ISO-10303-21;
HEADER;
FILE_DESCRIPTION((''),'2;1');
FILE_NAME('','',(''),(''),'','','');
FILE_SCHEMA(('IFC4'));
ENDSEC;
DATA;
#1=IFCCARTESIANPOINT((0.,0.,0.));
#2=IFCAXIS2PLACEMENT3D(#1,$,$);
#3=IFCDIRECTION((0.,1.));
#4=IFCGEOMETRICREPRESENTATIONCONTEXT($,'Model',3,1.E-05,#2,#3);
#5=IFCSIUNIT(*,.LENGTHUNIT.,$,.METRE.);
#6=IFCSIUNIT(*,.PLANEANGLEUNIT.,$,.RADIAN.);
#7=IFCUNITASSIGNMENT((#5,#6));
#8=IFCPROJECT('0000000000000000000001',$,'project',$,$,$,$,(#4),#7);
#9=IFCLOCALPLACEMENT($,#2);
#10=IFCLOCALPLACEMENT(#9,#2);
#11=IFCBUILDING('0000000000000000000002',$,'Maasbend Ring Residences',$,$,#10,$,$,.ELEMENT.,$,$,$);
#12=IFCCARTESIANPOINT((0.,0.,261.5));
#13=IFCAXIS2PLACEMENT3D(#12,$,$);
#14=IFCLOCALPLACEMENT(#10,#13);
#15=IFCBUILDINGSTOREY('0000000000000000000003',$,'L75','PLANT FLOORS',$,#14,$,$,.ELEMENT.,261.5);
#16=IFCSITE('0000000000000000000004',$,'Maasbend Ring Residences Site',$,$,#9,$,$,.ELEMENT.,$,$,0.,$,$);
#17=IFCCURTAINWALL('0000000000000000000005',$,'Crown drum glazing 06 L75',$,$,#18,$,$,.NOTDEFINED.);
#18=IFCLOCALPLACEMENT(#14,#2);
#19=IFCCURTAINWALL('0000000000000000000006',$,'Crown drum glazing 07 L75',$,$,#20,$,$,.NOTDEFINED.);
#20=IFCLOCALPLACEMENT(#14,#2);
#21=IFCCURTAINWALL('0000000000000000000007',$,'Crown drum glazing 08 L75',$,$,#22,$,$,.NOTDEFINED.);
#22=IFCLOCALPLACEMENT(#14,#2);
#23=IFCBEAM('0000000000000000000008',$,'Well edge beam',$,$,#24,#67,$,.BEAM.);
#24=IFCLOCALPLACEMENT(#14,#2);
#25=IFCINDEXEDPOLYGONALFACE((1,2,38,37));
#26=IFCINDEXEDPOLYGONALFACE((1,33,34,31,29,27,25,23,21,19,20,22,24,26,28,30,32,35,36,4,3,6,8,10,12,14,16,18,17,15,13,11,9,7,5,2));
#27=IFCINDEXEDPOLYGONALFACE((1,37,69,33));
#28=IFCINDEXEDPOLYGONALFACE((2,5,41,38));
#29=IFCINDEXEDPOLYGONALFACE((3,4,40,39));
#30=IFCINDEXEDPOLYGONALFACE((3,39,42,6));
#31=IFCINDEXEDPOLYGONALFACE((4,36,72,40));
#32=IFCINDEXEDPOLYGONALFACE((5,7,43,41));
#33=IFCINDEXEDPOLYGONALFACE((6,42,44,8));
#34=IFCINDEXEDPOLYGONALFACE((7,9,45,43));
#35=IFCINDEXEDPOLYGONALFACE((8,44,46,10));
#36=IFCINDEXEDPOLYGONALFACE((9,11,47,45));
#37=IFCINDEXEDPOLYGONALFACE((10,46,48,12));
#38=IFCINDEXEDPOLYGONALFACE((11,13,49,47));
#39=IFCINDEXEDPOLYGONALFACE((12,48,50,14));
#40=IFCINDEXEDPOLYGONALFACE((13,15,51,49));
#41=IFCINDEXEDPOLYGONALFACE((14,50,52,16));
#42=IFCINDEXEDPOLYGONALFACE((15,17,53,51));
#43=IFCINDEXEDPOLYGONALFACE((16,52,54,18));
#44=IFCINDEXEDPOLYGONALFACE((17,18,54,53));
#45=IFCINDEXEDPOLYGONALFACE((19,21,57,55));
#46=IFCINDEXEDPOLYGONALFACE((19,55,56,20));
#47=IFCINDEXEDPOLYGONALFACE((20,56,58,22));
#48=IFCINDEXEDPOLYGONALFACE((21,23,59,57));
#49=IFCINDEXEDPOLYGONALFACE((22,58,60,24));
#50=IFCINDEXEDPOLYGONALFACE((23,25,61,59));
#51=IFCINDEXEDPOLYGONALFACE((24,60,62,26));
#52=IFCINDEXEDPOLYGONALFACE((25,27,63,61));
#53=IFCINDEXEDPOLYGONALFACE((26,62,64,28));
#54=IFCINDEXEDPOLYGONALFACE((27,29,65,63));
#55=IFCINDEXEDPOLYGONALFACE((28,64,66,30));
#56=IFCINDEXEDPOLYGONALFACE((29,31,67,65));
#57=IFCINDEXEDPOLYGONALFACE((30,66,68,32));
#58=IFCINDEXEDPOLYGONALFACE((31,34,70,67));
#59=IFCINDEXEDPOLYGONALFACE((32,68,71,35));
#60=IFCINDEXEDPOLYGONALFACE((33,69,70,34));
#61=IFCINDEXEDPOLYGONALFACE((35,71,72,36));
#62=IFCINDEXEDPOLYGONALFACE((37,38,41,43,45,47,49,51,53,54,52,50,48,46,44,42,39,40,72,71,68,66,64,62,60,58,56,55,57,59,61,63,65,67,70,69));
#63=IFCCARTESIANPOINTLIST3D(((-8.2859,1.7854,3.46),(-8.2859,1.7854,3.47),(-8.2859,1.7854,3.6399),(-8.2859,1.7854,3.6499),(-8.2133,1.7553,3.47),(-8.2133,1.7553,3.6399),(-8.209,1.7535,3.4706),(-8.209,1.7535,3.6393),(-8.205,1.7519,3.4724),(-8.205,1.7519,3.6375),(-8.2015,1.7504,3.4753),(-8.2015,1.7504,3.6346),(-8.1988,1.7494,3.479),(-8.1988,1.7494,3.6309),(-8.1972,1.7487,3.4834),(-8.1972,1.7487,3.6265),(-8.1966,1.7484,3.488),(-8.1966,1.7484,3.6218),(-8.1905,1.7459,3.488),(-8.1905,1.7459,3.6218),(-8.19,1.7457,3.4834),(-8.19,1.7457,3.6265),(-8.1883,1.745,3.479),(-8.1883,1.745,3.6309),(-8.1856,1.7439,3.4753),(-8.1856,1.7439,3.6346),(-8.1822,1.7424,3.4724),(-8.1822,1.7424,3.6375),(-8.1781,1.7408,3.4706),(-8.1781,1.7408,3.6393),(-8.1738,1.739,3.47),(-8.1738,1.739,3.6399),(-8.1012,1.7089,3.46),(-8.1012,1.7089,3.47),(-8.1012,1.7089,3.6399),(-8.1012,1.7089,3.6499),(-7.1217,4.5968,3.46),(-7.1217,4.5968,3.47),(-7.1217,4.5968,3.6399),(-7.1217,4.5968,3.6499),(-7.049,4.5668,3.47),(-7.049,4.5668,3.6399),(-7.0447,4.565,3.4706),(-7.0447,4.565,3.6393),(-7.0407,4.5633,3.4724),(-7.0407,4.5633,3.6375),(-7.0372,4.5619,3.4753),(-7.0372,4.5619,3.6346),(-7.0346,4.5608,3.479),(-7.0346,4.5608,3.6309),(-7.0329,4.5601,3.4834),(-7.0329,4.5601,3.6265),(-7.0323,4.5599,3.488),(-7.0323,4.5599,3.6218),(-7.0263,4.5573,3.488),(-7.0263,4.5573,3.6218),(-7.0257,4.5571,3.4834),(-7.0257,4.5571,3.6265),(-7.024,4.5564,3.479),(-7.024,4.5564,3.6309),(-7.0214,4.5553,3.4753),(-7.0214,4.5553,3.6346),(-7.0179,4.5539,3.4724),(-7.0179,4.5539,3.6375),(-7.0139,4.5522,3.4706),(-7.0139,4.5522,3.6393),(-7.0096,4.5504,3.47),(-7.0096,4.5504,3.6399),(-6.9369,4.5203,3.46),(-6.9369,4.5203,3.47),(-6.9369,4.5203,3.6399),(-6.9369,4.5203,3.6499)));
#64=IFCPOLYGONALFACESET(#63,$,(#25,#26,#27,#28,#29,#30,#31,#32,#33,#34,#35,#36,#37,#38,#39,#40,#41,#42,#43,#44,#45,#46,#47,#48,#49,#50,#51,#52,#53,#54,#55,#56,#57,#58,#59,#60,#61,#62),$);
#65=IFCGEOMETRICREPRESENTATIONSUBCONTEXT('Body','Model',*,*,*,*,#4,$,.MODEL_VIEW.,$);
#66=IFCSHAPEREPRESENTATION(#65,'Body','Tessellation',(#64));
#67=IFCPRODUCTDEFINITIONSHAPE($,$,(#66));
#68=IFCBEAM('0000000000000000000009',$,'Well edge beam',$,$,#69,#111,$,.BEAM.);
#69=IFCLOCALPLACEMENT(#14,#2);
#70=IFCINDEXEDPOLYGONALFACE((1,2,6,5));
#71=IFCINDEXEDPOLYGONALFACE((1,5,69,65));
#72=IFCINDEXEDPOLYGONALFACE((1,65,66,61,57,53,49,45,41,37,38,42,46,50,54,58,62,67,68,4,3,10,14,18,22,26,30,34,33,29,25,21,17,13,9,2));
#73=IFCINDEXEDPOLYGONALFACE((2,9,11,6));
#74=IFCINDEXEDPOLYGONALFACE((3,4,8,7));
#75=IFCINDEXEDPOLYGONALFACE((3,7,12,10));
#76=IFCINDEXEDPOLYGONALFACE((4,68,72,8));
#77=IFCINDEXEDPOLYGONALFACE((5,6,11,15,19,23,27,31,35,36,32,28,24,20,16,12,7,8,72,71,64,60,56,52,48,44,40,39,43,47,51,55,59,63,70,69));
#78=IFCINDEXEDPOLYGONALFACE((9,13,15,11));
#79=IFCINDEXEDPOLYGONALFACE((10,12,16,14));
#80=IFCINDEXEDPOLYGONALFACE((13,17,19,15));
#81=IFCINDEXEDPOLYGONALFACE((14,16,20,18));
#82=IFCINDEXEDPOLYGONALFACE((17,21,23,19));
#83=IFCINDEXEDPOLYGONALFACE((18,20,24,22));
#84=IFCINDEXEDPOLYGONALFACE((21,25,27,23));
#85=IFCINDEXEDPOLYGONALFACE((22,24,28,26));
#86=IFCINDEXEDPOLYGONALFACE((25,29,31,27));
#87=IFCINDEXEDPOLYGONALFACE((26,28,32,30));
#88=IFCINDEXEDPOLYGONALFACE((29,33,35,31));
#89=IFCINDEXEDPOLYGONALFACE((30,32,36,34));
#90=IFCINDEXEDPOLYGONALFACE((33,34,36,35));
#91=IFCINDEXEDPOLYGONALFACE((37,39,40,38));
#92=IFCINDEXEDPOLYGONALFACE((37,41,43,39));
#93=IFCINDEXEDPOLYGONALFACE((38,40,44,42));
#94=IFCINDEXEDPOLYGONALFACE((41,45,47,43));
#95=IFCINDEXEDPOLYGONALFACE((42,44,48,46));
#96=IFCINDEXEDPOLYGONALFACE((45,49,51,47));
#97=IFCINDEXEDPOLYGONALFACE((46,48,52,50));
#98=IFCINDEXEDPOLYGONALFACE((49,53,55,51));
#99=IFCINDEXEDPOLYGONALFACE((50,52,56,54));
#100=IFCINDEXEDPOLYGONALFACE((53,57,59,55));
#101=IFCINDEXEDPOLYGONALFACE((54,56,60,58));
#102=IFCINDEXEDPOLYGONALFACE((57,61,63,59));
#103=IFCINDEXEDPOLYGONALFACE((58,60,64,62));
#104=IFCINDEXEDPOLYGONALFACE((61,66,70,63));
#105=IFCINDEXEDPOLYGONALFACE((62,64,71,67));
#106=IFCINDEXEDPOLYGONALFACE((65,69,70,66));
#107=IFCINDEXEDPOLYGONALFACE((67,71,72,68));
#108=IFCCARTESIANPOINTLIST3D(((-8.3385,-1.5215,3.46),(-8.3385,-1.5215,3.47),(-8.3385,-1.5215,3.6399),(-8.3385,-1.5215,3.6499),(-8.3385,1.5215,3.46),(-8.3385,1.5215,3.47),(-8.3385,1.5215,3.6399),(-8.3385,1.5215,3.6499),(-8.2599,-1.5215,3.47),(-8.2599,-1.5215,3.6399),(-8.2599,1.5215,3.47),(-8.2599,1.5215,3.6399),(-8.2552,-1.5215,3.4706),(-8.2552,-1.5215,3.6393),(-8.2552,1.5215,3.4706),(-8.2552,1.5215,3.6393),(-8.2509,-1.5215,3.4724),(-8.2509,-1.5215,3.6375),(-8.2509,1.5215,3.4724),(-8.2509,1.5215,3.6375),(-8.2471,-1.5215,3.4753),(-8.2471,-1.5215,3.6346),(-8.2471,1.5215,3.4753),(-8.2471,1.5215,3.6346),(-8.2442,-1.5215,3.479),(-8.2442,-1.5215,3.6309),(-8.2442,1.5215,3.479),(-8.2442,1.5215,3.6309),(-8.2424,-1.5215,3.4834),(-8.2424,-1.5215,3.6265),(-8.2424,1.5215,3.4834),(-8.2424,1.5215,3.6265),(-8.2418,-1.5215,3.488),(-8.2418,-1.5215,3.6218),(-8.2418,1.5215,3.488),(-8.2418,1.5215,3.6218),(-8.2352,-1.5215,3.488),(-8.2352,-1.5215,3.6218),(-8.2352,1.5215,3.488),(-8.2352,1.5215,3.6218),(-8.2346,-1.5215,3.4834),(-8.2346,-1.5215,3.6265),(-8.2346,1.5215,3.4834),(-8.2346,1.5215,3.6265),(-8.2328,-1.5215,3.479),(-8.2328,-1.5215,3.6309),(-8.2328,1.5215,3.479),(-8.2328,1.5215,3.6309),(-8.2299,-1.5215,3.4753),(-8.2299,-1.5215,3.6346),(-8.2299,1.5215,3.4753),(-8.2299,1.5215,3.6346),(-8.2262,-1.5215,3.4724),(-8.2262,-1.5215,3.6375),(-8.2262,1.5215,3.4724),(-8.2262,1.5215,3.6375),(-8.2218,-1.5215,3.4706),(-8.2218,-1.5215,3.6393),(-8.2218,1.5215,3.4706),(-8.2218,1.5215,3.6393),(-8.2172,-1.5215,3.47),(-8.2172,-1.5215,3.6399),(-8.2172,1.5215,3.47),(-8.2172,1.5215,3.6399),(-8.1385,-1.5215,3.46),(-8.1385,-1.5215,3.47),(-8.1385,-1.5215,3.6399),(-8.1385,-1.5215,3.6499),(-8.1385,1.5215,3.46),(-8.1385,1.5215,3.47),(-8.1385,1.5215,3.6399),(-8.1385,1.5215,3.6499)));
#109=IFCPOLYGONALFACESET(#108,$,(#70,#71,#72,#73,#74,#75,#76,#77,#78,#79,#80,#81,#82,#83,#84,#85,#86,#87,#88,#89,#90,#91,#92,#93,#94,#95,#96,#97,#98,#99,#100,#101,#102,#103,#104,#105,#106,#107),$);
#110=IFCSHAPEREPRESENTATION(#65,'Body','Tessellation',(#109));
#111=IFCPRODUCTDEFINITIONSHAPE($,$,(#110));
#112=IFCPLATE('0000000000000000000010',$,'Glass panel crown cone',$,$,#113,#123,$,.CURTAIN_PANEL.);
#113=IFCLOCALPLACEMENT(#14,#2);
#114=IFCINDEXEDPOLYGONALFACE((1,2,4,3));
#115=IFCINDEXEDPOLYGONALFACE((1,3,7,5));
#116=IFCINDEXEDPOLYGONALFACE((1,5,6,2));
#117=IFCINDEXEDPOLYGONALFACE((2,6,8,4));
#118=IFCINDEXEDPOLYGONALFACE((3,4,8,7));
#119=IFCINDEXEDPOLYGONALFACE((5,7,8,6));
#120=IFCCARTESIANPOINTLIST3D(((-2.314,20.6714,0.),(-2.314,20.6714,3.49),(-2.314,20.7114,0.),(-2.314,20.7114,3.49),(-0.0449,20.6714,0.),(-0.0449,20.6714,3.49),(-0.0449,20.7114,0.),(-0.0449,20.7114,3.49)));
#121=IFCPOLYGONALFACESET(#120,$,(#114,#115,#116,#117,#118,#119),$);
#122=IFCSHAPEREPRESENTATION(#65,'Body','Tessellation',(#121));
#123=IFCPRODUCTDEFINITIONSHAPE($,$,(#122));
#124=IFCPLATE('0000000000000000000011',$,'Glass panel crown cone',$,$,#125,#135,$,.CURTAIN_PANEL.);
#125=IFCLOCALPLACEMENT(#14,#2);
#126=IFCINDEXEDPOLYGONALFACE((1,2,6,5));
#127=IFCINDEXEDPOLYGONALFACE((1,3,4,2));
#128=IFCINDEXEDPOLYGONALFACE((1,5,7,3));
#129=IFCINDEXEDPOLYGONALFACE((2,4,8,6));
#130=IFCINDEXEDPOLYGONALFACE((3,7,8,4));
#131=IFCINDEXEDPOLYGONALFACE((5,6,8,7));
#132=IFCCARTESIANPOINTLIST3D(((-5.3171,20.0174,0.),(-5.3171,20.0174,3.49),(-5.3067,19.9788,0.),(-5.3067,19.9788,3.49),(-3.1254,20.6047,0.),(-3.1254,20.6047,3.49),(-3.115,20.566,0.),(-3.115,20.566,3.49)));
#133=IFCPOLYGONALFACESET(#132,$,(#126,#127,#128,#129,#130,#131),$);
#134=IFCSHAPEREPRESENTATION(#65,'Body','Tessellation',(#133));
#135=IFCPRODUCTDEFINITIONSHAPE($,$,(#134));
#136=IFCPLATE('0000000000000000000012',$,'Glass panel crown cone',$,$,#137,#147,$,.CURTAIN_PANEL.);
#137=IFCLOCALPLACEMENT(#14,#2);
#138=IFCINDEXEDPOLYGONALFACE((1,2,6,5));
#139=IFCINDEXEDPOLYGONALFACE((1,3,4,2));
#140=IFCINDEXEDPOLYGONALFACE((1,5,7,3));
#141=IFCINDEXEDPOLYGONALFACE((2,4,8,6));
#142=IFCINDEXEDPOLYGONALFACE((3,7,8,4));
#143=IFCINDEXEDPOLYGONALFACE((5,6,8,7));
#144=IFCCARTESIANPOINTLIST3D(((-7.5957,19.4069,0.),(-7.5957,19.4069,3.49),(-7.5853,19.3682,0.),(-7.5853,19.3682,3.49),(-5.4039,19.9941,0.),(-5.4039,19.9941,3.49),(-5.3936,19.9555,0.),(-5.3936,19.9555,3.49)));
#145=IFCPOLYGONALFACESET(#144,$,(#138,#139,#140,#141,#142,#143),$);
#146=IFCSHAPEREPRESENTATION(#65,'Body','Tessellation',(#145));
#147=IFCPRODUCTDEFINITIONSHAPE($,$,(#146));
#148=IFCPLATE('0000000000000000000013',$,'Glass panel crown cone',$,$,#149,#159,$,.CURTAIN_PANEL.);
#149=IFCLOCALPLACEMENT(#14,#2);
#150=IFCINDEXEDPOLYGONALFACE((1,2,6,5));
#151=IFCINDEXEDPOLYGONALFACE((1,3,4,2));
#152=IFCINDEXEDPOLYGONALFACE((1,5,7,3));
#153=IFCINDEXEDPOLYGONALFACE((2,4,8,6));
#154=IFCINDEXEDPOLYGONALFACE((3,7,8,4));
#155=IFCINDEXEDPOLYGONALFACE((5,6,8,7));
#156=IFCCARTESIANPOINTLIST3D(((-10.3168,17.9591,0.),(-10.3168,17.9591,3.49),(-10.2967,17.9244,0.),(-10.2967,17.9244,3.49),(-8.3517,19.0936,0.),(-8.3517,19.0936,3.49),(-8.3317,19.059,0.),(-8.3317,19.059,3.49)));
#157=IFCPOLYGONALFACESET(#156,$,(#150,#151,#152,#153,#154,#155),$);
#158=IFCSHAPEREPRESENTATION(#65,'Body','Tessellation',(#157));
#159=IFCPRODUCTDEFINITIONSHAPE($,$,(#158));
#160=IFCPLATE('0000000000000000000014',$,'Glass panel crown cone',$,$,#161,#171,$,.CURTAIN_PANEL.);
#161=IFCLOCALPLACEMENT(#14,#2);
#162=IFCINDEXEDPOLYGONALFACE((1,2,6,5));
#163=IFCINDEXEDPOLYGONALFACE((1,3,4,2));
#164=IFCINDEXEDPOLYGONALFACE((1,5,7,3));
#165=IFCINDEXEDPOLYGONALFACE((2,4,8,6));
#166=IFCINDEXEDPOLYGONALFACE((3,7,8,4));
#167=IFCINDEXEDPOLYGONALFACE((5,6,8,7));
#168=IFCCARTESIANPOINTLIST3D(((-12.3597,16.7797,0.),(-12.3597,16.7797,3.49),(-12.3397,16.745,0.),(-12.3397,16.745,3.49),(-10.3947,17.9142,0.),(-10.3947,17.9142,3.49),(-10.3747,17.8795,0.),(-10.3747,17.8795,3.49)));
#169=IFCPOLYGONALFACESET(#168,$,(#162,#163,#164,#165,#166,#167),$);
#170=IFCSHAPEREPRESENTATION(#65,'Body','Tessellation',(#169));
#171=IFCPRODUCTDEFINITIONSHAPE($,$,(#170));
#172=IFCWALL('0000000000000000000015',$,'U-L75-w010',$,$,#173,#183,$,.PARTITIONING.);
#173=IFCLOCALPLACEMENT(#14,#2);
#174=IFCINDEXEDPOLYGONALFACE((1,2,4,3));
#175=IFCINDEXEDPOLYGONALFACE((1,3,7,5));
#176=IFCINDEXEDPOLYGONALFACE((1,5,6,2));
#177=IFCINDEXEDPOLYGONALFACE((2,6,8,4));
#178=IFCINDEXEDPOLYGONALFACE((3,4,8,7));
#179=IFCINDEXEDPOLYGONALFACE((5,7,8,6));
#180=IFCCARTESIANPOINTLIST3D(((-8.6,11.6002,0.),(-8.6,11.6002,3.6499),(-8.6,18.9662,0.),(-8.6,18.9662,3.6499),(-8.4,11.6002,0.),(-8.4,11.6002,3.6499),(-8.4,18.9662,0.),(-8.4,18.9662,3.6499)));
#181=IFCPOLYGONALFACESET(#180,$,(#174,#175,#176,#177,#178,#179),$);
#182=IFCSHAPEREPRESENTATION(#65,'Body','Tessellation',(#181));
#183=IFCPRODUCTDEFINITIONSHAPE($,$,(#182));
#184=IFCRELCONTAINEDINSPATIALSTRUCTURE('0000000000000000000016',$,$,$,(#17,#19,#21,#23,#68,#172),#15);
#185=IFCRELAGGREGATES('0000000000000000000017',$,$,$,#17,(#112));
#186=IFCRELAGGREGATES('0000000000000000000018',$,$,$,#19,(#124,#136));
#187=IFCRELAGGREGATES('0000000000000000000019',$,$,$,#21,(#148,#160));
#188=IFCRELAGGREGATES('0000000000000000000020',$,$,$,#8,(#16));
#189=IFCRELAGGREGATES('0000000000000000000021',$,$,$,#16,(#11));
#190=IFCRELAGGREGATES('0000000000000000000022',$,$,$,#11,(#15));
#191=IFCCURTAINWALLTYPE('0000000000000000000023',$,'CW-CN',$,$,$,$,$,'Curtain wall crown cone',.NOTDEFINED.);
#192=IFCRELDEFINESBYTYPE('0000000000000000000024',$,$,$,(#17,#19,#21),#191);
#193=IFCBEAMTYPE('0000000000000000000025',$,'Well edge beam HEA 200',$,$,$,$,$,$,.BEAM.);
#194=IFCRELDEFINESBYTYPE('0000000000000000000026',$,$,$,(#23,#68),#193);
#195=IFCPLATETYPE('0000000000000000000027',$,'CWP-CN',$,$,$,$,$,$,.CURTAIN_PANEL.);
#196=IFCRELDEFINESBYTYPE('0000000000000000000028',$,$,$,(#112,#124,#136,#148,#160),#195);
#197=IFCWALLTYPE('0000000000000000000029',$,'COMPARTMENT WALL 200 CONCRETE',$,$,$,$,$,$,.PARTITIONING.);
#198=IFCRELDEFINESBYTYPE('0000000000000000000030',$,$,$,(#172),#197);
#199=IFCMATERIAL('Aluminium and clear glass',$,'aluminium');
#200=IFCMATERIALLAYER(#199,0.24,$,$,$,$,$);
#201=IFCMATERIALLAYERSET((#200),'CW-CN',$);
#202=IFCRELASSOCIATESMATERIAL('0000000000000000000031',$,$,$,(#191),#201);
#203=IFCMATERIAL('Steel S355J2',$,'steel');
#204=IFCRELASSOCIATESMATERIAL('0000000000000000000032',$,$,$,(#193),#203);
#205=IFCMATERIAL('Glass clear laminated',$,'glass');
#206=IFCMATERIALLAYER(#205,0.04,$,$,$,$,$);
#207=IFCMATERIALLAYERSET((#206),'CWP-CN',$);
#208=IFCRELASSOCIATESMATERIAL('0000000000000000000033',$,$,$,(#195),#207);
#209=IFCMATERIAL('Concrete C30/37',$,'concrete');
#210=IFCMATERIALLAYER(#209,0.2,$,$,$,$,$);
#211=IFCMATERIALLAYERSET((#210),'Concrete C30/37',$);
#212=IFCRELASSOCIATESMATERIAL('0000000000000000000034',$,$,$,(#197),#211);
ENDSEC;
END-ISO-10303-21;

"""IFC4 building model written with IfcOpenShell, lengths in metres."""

from ifc_helpers import new_model, si_unit, direction, frame, frame_2d, origin, origin_2d, place, context, subcontext, project, spatial, rectangle, i_section, extrude, material, layer, layer_set, material_profile, profile_set, type_object, element, aggregate, save


model = new_model("IFC4")

# Units and contexts
model_context = context("Model", 3, precision=1e-05, world=origin(), true_north=direction((0.0, 1.0)))
body_context = subcontext(model_context, "Body", "Model", "MODEL_VIEW")
ifc_project = project(units=[si_unit("LENGTHUNIT", "METRE"), si_unit("PLANEANGLEUNIT", "RADIAN")], contexts=[model_context])

# Site, building, storey
site_placement = place(None, origin())
site = spatial("IfcSite", under=ifc_project, at=site_placement, Name="Maasbend Ring Residences Site", CompositionType="ELEMENT", RefElevation=0.0)
building_placement = place(site_placement, origin())
building = spatial("IfcBuilding", under=site, at=building_placement, Name="Maasbend Ring Residences", CompositionType="ELEMENT")
storey_placement = place(building_placement, frame((0.0, 0.0, 261.5)))
storey = spatial("IfcBuildingStorey", under=building, at=storey_placement, Name="L75", Description="PLANT FLOORS", CompositionType="ELEMENT", Elevation=261.5)

# Curtain walls
ifc_material_1 = material(Name="Aluminium and clear glass", Category="aluminium")
ifc_layer_1 = layer(ifc_material_1, 0.24)
ifc_layer_set_1 = layer_set([ifc_layer_1], Name="CW-CN")
curtain_wall_type = type_object("IfcCurtainWallType", Name="CW-CN", ElementType="Curtain wall crown cone", PredefinedType="NOTDEFINED", material=ifc_layer_set_1)
curtain_wall_1_placement = place(storey_placement, origin())
curtain_wall_1 = element("IfcCurtainWall", 1, at=curtain_wall_1_placement, inside=storey, type_object=curtain_wall_type, Name="Crown drum glazing 06 L75", PredefinedType="NOTDEFINED")
curtain_wall_2_placement = place(storey_placement, origin())
curtain_wall_2 = element("IfcCurtainWall", 2, at=curtain_wall_2_placement, inside=storey, type_object=curtain_wall_type, Name="Crown drum glazing 07 L75", PredefinedType="NOTDEFINED")
curtain_wall_3_placement = place(storey_placement, origin())
curtain_wall_3 = element("IfcCurtainWall", 3, at=curtain_wall_3_placement, inside=storey, type_object=curtain_wall_type, Name="Crown drum glazing 08 L75", PredefinedType="NOTDEFINED")

# Beams
ifc_material_2 = material(Name="Steel S355J2", Category="steel")
ifc_material_profile_1 = material_profile(ifc_material_2, i_section(OverallWidth=0.2, OverallDepth=0.1899, WebThickness=0.0066, FlangeThickness=0.01, FilletRadius=0.0181, at=origin_2d()), Name="HEA 200")
ifc_profile_set_1 = profile_set([ifc_material_profile_1], Name="Steel S355J2")
beam_type_1 = type_object("IfcBeamType", Name="Well edge beam HEA 200", PredefinedType="BEAM", material=ifc_profile_set_1)
for number, where, z_axis, x_axis, name in (
    (4, (-7.0293, 4.5586, 3.5549), (-0.382609, -0.92391, 0.0), (0.92391, -0.382609, 0.0), "Well edge beam"),
    (5, (-8.2385, 1.5215, 3.5549), (0.0, -1.0, 0.0), (1.0, 0.0, 0.0), "Well edge beam"),
):
    element("IfcBeam", number, at=place(storey_placement, frame(where, z_axis=z_axis, x_axis=x_axis)), inside=storey, type_object=beam_type_1, Name=name, PredefinedType="BEAM", context=body_context, shape_type="SweptSolid", body=[
        extrude(i_section(OverallWidth=0.2, OverallDepth=0.1899, WebThickness=0.0066, FlangeThickness=0.01, FilletRadius=0.0181, at=origin_2d()), origin(), (0.0, 0.0, 1.0), 3.043),
    ])

# Plates
ifc_material_3 = material(Name="Glass clear laminated", Category="glass")
ifc_layer_2 = layer(ifc_material_3, 0.04)
ifc_layer_set_2 = layer_set([ifc_layer_2], Name="CWP-CN")
plate_type = type_object("IfcPlateType", Name="CWP-CN", PredefinedType="CURTAIN_PANEL", material=ifc_layer_set_2)
plate_1_placement = place(storey_placement, frame((-1.1794, 20.6914, 0.0), z_axis=(0.0, 0.0, 1.0), x_axis=(-1.0, 0.0, 0.0)))
plate_1 = element("IfcPlate", 6, at=plate_1_placement, type_object=plate_type, Name="Glass panel crown cone", PredefinedType="CURTAIN_PANEL", context=body_context, shape_type="SweptSolid", body=[
    extrude(rectangle(XDim=2.269, YDim=0.04, at=origin_2d()), origin(), (0.0, 0.0, 1.0), 3.49),
])
aggregate(curtain_wall_1, [plate_1])
plate_2_placement = place(storey_placement, frame((-4.2161, 20.2917, 0.0), z_axis=(0.0, 0.0, 1.0), x_axis=(-0.965926, -0.258819, 0.0)))
plate_2 = element("IfcPlate", 7, at=plate_2_placement, type_object=plate_type, Name="Glass panel crown cone", PredefinedType="CURTAIN_PANEL", context=body_context, shape_type="SweptSolid", body=[
    extrude(rectangle(XDim=2.269, YDim=0.04, at=origin_2d()), origin(), (0.0, 0.0, 1.0), 3.49),
])
plate_3_placement = place(storey_placement, frame((-6.4946, 19.6812, 0.0), z_axis=(0.0, 0.0, 1.0), x_axis=(-0.965926, -0.258819, 0.0)))
plate_3 = element("IfcPlate", 8, at=plate_3_placement, type_object=plate_type, Name="Glass panel crown cone", PredefinedType="CURTAIN_PANEL", context=body_context, shape_type="SweptSolid", body=[
    extrude(rectangle(XDim=2.269, YDim=0.04, at=origin_2d()), origin(), (0.0, 0.0, 1.0), 3.49),
])
aggregate(curtain_wall_2, [plate_2, plate_3])
plate_4_placement = place(storey_placement, frame((-9.3242, 18.509, 0.0), z_axis=(0.0, 0.0, 1.0), x_axis=(-0.866025, -0.5, 0.0)))
plate_4 = element("IfcPlate", 9, at=plate_4_placement, type_object=plate_type, Name="Glass panel crown cone", PredefinedType="CURTAIN_PANEL", context=body_context, shape_type="SweptSolid", body=[
    extrude(rectangle(XDim=2.269, YDim=0.04, at=origin_2d()), origin(), (0.0, 0.0, 1.0), 3.49),
])
plate_5_placement = place(storey_placement, frame((-11.3672, 17.3296, 0.0), z_axis=(0.0, 0.0, 1.0), x_axis=(-0.866025, -0.5, 0.0)))
plate_5 = element("IfcPlate", 10, at=plate_5_placement, type_object=plate_type, Name="Glass panel crown cone", PredefinedType="CURTAIN_PANEL", context=body_context, shape_type="SweptSolid", body=[
    extrude(rectangle(XDim=2.269, YDim=0.04, at=origin_2d()), origin(), (0.0, 0.0, 1.0), 3.49),
])
aggregate(curtain_wall_3, [plate_4, plate_5])

# Wall
ifc_material_4 = material(Name="Concrete C30/37", Category="concrete")
ifc_layer_3 = layer(ifc_material_4, 0.2)
ifc_layer_set_3 = layer_set([ifc_layer_3], Name="Concrete C30/37")
wall_type_1 = type_object("IfcWallType", Name="COMPARTMENT WALL 200 CONCRETE", PredefinedType="PARTITIONING", material=ifc_layer_set_3)
wall_1_placement = place(storey_placement, frame((-8.5, 11.6001, 0.0), z_axis=(0.0, 0.0, 1.0), x_axis=(0.0, 1.0, 0.0)))
element("IfcWall", 11, at=wall_1_placement, inside=storey, type_object=wall_type_1, Name="U-L75-w010", PredefinedType="PARTITIONING", context=body_context, shape_type="SweptSolid", body=[
    extrude(rectangle(XDim=7.366, YDim=0.2, at=frame_2d((3.6831, 0.0))), origin(), (0.0, 0.0, 1.0), 3.6499),
])

save(model, "model.ifc")
